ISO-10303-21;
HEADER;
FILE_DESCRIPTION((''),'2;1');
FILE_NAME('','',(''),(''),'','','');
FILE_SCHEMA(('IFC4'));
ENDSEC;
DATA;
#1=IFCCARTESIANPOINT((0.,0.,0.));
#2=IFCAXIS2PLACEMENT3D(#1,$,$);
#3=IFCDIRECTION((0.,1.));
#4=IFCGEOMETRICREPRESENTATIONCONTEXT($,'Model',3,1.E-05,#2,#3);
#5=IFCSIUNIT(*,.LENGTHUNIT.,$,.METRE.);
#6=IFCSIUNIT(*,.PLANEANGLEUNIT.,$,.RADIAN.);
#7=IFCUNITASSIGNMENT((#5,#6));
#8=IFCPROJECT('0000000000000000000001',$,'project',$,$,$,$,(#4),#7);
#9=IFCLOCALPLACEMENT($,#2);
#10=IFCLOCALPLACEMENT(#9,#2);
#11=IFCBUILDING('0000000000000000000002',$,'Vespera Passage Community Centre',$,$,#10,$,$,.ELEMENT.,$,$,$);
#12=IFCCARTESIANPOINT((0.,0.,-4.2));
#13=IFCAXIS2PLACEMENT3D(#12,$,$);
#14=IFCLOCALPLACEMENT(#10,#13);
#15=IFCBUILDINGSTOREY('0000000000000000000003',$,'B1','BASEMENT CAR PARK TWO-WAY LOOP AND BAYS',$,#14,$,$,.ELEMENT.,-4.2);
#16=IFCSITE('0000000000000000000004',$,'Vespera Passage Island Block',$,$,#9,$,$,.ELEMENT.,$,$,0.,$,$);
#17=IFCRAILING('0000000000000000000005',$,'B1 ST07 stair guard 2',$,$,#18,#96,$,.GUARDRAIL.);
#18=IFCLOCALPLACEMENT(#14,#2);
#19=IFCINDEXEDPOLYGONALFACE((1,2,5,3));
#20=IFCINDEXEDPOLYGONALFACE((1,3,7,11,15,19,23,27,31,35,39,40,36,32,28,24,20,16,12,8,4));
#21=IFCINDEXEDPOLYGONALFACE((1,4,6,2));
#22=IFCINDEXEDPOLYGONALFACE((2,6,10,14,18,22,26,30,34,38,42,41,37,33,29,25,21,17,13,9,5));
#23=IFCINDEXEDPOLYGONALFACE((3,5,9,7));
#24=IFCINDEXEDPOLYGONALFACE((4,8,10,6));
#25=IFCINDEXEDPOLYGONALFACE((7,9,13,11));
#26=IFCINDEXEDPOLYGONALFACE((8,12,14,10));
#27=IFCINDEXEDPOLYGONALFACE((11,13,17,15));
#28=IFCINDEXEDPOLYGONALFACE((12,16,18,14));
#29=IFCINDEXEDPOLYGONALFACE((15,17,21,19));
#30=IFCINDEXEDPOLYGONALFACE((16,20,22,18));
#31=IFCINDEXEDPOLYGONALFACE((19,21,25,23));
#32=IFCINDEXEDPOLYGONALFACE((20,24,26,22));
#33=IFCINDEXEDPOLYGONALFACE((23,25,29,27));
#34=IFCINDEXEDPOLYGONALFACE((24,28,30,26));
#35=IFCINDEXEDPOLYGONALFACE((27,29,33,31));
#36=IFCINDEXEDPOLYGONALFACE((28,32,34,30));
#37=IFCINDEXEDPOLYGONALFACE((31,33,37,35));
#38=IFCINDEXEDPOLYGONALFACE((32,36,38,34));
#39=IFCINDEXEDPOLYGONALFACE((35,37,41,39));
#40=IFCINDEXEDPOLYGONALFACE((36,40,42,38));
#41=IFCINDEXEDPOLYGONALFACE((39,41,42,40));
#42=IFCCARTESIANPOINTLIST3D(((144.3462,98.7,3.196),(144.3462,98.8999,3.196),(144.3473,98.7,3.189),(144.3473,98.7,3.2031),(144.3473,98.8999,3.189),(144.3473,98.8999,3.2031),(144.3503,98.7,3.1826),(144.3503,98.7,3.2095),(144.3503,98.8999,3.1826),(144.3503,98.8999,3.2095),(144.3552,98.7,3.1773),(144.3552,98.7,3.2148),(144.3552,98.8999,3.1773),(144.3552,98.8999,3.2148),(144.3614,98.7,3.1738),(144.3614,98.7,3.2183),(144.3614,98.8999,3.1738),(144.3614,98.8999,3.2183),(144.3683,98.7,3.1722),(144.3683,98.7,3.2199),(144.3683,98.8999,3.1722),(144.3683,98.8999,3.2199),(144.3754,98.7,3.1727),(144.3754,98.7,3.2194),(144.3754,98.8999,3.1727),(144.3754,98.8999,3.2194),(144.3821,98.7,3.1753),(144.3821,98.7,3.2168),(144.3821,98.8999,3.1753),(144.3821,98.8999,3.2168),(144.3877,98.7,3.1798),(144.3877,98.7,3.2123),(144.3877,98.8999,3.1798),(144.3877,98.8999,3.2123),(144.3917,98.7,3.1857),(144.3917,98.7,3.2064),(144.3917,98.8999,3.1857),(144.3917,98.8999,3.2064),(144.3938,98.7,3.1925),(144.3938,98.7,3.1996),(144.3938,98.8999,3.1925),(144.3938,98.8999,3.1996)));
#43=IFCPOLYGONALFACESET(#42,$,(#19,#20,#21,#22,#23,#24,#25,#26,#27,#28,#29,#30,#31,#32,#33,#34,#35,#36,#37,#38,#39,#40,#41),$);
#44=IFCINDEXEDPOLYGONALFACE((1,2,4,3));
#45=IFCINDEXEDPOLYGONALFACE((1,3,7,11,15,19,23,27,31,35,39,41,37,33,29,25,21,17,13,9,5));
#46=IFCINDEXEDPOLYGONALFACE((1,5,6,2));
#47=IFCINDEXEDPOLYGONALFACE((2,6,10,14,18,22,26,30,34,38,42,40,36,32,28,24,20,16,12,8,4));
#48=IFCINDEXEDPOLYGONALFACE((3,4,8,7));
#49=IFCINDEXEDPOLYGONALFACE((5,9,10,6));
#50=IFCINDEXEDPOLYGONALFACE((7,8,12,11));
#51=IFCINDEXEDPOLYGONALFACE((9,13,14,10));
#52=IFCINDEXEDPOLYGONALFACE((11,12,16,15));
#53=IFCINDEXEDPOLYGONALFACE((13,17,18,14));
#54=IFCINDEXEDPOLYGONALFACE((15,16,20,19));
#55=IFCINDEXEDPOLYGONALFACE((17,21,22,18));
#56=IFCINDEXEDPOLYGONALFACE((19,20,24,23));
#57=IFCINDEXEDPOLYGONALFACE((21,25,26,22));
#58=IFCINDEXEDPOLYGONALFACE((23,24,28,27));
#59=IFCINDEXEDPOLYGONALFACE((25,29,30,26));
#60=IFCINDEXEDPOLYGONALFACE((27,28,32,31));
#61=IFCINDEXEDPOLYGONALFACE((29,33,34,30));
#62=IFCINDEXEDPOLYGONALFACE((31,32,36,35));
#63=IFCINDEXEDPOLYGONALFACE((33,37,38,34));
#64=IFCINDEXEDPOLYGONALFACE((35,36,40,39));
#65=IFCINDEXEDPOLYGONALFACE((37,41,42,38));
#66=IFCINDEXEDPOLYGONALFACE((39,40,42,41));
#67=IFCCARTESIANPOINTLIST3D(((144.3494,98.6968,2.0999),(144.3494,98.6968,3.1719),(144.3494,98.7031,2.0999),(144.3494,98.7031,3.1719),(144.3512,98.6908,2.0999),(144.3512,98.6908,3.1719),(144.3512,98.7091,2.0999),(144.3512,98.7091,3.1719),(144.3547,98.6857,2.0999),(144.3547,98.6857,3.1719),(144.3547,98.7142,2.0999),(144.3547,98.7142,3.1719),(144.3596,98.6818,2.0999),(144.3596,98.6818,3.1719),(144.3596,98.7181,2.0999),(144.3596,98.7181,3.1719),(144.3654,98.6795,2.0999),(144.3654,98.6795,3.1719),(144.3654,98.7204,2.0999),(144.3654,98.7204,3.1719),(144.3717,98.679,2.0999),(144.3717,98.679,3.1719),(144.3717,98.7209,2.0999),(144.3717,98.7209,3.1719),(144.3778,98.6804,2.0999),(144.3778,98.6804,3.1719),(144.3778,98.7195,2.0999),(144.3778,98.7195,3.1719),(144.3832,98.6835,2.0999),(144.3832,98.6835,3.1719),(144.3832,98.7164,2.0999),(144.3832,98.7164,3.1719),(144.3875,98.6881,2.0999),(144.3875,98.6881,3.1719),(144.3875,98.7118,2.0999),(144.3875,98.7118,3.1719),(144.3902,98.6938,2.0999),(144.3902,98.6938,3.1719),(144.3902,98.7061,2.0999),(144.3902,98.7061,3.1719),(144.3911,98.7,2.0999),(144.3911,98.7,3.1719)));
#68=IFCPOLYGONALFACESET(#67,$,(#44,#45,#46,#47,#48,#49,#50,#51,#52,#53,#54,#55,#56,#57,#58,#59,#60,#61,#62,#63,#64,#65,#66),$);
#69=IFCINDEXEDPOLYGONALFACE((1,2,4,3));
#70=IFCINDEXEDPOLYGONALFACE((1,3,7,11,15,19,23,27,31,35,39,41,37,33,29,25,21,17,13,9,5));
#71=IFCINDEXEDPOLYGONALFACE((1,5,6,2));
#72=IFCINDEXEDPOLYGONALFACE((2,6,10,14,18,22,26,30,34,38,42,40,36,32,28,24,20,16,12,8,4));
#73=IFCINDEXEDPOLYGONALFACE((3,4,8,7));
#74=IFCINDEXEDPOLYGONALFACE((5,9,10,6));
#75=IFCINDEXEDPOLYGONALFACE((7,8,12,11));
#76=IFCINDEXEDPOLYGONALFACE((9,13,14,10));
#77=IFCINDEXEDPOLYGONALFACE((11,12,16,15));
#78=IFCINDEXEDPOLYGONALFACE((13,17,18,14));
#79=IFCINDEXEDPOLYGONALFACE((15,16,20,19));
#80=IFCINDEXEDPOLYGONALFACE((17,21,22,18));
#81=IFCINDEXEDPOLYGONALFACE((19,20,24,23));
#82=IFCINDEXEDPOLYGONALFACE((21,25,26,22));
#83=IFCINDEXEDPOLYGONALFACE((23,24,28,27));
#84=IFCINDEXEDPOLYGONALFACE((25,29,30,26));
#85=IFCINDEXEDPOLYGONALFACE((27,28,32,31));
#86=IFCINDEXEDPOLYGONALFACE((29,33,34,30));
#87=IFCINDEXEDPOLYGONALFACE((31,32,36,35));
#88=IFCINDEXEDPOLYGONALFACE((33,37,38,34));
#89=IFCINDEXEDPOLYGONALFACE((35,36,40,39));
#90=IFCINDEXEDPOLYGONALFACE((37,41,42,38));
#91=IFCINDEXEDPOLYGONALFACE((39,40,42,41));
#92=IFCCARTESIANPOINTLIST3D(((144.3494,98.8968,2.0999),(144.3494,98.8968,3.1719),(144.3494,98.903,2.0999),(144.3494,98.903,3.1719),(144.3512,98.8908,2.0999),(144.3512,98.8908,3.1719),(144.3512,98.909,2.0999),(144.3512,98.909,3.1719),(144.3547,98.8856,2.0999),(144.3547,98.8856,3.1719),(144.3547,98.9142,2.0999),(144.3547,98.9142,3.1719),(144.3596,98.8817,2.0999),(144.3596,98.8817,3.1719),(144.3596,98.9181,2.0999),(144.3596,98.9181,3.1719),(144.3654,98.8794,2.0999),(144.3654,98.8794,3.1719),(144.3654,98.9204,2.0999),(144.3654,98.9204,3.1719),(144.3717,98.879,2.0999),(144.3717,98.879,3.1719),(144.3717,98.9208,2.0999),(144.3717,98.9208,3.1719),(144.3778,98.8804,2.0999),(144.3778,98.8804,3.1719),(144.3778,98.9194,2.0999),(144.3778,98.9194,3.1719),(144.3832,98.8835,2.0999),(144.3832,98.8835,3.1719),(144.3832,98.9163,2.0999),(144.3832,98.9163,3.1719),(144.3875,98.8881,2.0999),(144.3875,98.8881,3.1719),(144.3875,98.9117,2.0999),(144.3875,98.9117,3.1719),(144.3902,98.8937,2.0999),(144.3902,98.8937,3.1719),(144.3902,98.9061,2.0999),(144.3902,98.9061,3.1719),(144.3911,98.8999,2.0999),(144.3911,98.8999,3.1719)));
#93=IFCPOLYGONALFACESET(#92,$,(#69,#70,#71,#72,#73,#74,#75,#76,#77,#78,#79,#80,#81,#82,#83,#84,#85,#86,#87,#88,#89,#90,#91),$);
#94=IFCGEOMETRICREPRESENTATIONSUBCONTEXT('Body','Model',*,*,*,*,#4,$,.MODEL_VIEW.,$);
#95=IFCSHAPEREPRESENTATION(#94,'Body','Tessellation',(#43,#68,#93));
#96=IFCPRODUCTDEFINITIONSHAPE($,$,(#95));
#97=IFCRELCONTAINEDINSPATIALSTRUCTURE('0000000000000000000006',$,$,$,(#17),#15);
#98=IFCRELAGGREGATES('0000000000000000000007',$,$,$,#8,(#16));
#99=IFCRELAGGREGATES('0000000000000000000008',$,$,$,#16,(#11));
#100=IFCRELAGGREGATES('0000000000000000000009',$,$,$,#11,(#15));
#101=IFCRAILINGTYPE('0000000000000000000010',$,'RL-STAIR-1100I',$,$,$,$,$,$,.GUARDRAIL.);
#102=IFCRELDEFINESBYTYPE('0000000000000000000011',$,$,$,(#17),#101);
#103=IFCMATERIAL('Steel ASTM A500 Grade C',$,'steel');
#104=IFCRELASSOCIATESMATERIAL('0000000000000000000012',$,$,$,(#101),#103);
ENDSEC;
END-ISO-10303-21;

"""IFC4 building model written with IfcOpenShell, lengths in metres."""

from ifc_helpers import new_model, si_unit, direction, frame, origin, origin_2d, place, context, subcontext, project, spatial, circle, extrude, material, type_object, element, save


model = new_model("IFC4")

# Units and contexts
model_context = context("Model", 3, precision=1e-05, world=origin(), true_north=direction((0.0, 1.0)))
body_context = subcontext(model_context, "Body", "Model", "MODEL_VIEW")
ifc_project = project(units=[si_unit("LENGTHUNIT", "METRE"), si_unit("PLANEANGLEUNIT", "RADIAN")], contexts=[model_context])

# Site, building, storey
site_placement = place(None, origin())
site = spatial("IfcSite", under=ifc_project, at=site_placement, Name="Vespera Passage Island Block", CompositionType="ELEMENT", RefElevation=0.0)
building_placement = place(site_placement, origin())
building = spatial("IfcBuilding", under=site, at=building_placement, Name="Vespera Passage Community Centre", CompositionType="ELEMENT")
storey_placement = place(building_placement, frame((0.0, 0.0, -4.2)))
storey = spatial("IfcBuildingStorey", under=building, at=storey_placement, Name="B1", Description="BASEMENT CAR PARK TWO-WAY LOOP AND BAYS", CompositionType="ELEMENT", Elevation=-4.2)

# Railing
ifc_material_1 = material(Name="Steel ASTM A500 Grade C", Category="steel")
railing_type_1 = type_object("IfcRailingType", Name="RL-STAIR-1100I", PredefinedType="GUARDRAIL", material=ifc_material_1)
railing_1_placement = place(storey_placement, frame((144.3701, 98.7, 2.0999)))
element("IfcRailing", 1, at=railing_1_placement, inside=storey, type_object=railing_type_1, Name="B1 ST07 stair guard 2", PredefinedType="GUARDRAIL", context=body_context, shape_type="SweptSolid", body=[
    extrude(circle(Radius=0.0239, at=origin_2d()), frame((0.0, 0.0, 1.0962), z_axis=(0.0, 1.0, 0.0), x_axis=(-1.0, 0.0, 0.0)), (0.0, 0.0, 1.0), 0.2),
    extrude(circle(Radius=0.021, at=origin_2d()), origin(), (0.0, 0.0, 1.0), 1.072),
    extrude(circle(Radius=0.021, at=origin_2d()), frame((0.0, 0.2, 0.0)), (0.0, 0.0, 1.0), 1.072),
])

save(model, "model.ifc")
